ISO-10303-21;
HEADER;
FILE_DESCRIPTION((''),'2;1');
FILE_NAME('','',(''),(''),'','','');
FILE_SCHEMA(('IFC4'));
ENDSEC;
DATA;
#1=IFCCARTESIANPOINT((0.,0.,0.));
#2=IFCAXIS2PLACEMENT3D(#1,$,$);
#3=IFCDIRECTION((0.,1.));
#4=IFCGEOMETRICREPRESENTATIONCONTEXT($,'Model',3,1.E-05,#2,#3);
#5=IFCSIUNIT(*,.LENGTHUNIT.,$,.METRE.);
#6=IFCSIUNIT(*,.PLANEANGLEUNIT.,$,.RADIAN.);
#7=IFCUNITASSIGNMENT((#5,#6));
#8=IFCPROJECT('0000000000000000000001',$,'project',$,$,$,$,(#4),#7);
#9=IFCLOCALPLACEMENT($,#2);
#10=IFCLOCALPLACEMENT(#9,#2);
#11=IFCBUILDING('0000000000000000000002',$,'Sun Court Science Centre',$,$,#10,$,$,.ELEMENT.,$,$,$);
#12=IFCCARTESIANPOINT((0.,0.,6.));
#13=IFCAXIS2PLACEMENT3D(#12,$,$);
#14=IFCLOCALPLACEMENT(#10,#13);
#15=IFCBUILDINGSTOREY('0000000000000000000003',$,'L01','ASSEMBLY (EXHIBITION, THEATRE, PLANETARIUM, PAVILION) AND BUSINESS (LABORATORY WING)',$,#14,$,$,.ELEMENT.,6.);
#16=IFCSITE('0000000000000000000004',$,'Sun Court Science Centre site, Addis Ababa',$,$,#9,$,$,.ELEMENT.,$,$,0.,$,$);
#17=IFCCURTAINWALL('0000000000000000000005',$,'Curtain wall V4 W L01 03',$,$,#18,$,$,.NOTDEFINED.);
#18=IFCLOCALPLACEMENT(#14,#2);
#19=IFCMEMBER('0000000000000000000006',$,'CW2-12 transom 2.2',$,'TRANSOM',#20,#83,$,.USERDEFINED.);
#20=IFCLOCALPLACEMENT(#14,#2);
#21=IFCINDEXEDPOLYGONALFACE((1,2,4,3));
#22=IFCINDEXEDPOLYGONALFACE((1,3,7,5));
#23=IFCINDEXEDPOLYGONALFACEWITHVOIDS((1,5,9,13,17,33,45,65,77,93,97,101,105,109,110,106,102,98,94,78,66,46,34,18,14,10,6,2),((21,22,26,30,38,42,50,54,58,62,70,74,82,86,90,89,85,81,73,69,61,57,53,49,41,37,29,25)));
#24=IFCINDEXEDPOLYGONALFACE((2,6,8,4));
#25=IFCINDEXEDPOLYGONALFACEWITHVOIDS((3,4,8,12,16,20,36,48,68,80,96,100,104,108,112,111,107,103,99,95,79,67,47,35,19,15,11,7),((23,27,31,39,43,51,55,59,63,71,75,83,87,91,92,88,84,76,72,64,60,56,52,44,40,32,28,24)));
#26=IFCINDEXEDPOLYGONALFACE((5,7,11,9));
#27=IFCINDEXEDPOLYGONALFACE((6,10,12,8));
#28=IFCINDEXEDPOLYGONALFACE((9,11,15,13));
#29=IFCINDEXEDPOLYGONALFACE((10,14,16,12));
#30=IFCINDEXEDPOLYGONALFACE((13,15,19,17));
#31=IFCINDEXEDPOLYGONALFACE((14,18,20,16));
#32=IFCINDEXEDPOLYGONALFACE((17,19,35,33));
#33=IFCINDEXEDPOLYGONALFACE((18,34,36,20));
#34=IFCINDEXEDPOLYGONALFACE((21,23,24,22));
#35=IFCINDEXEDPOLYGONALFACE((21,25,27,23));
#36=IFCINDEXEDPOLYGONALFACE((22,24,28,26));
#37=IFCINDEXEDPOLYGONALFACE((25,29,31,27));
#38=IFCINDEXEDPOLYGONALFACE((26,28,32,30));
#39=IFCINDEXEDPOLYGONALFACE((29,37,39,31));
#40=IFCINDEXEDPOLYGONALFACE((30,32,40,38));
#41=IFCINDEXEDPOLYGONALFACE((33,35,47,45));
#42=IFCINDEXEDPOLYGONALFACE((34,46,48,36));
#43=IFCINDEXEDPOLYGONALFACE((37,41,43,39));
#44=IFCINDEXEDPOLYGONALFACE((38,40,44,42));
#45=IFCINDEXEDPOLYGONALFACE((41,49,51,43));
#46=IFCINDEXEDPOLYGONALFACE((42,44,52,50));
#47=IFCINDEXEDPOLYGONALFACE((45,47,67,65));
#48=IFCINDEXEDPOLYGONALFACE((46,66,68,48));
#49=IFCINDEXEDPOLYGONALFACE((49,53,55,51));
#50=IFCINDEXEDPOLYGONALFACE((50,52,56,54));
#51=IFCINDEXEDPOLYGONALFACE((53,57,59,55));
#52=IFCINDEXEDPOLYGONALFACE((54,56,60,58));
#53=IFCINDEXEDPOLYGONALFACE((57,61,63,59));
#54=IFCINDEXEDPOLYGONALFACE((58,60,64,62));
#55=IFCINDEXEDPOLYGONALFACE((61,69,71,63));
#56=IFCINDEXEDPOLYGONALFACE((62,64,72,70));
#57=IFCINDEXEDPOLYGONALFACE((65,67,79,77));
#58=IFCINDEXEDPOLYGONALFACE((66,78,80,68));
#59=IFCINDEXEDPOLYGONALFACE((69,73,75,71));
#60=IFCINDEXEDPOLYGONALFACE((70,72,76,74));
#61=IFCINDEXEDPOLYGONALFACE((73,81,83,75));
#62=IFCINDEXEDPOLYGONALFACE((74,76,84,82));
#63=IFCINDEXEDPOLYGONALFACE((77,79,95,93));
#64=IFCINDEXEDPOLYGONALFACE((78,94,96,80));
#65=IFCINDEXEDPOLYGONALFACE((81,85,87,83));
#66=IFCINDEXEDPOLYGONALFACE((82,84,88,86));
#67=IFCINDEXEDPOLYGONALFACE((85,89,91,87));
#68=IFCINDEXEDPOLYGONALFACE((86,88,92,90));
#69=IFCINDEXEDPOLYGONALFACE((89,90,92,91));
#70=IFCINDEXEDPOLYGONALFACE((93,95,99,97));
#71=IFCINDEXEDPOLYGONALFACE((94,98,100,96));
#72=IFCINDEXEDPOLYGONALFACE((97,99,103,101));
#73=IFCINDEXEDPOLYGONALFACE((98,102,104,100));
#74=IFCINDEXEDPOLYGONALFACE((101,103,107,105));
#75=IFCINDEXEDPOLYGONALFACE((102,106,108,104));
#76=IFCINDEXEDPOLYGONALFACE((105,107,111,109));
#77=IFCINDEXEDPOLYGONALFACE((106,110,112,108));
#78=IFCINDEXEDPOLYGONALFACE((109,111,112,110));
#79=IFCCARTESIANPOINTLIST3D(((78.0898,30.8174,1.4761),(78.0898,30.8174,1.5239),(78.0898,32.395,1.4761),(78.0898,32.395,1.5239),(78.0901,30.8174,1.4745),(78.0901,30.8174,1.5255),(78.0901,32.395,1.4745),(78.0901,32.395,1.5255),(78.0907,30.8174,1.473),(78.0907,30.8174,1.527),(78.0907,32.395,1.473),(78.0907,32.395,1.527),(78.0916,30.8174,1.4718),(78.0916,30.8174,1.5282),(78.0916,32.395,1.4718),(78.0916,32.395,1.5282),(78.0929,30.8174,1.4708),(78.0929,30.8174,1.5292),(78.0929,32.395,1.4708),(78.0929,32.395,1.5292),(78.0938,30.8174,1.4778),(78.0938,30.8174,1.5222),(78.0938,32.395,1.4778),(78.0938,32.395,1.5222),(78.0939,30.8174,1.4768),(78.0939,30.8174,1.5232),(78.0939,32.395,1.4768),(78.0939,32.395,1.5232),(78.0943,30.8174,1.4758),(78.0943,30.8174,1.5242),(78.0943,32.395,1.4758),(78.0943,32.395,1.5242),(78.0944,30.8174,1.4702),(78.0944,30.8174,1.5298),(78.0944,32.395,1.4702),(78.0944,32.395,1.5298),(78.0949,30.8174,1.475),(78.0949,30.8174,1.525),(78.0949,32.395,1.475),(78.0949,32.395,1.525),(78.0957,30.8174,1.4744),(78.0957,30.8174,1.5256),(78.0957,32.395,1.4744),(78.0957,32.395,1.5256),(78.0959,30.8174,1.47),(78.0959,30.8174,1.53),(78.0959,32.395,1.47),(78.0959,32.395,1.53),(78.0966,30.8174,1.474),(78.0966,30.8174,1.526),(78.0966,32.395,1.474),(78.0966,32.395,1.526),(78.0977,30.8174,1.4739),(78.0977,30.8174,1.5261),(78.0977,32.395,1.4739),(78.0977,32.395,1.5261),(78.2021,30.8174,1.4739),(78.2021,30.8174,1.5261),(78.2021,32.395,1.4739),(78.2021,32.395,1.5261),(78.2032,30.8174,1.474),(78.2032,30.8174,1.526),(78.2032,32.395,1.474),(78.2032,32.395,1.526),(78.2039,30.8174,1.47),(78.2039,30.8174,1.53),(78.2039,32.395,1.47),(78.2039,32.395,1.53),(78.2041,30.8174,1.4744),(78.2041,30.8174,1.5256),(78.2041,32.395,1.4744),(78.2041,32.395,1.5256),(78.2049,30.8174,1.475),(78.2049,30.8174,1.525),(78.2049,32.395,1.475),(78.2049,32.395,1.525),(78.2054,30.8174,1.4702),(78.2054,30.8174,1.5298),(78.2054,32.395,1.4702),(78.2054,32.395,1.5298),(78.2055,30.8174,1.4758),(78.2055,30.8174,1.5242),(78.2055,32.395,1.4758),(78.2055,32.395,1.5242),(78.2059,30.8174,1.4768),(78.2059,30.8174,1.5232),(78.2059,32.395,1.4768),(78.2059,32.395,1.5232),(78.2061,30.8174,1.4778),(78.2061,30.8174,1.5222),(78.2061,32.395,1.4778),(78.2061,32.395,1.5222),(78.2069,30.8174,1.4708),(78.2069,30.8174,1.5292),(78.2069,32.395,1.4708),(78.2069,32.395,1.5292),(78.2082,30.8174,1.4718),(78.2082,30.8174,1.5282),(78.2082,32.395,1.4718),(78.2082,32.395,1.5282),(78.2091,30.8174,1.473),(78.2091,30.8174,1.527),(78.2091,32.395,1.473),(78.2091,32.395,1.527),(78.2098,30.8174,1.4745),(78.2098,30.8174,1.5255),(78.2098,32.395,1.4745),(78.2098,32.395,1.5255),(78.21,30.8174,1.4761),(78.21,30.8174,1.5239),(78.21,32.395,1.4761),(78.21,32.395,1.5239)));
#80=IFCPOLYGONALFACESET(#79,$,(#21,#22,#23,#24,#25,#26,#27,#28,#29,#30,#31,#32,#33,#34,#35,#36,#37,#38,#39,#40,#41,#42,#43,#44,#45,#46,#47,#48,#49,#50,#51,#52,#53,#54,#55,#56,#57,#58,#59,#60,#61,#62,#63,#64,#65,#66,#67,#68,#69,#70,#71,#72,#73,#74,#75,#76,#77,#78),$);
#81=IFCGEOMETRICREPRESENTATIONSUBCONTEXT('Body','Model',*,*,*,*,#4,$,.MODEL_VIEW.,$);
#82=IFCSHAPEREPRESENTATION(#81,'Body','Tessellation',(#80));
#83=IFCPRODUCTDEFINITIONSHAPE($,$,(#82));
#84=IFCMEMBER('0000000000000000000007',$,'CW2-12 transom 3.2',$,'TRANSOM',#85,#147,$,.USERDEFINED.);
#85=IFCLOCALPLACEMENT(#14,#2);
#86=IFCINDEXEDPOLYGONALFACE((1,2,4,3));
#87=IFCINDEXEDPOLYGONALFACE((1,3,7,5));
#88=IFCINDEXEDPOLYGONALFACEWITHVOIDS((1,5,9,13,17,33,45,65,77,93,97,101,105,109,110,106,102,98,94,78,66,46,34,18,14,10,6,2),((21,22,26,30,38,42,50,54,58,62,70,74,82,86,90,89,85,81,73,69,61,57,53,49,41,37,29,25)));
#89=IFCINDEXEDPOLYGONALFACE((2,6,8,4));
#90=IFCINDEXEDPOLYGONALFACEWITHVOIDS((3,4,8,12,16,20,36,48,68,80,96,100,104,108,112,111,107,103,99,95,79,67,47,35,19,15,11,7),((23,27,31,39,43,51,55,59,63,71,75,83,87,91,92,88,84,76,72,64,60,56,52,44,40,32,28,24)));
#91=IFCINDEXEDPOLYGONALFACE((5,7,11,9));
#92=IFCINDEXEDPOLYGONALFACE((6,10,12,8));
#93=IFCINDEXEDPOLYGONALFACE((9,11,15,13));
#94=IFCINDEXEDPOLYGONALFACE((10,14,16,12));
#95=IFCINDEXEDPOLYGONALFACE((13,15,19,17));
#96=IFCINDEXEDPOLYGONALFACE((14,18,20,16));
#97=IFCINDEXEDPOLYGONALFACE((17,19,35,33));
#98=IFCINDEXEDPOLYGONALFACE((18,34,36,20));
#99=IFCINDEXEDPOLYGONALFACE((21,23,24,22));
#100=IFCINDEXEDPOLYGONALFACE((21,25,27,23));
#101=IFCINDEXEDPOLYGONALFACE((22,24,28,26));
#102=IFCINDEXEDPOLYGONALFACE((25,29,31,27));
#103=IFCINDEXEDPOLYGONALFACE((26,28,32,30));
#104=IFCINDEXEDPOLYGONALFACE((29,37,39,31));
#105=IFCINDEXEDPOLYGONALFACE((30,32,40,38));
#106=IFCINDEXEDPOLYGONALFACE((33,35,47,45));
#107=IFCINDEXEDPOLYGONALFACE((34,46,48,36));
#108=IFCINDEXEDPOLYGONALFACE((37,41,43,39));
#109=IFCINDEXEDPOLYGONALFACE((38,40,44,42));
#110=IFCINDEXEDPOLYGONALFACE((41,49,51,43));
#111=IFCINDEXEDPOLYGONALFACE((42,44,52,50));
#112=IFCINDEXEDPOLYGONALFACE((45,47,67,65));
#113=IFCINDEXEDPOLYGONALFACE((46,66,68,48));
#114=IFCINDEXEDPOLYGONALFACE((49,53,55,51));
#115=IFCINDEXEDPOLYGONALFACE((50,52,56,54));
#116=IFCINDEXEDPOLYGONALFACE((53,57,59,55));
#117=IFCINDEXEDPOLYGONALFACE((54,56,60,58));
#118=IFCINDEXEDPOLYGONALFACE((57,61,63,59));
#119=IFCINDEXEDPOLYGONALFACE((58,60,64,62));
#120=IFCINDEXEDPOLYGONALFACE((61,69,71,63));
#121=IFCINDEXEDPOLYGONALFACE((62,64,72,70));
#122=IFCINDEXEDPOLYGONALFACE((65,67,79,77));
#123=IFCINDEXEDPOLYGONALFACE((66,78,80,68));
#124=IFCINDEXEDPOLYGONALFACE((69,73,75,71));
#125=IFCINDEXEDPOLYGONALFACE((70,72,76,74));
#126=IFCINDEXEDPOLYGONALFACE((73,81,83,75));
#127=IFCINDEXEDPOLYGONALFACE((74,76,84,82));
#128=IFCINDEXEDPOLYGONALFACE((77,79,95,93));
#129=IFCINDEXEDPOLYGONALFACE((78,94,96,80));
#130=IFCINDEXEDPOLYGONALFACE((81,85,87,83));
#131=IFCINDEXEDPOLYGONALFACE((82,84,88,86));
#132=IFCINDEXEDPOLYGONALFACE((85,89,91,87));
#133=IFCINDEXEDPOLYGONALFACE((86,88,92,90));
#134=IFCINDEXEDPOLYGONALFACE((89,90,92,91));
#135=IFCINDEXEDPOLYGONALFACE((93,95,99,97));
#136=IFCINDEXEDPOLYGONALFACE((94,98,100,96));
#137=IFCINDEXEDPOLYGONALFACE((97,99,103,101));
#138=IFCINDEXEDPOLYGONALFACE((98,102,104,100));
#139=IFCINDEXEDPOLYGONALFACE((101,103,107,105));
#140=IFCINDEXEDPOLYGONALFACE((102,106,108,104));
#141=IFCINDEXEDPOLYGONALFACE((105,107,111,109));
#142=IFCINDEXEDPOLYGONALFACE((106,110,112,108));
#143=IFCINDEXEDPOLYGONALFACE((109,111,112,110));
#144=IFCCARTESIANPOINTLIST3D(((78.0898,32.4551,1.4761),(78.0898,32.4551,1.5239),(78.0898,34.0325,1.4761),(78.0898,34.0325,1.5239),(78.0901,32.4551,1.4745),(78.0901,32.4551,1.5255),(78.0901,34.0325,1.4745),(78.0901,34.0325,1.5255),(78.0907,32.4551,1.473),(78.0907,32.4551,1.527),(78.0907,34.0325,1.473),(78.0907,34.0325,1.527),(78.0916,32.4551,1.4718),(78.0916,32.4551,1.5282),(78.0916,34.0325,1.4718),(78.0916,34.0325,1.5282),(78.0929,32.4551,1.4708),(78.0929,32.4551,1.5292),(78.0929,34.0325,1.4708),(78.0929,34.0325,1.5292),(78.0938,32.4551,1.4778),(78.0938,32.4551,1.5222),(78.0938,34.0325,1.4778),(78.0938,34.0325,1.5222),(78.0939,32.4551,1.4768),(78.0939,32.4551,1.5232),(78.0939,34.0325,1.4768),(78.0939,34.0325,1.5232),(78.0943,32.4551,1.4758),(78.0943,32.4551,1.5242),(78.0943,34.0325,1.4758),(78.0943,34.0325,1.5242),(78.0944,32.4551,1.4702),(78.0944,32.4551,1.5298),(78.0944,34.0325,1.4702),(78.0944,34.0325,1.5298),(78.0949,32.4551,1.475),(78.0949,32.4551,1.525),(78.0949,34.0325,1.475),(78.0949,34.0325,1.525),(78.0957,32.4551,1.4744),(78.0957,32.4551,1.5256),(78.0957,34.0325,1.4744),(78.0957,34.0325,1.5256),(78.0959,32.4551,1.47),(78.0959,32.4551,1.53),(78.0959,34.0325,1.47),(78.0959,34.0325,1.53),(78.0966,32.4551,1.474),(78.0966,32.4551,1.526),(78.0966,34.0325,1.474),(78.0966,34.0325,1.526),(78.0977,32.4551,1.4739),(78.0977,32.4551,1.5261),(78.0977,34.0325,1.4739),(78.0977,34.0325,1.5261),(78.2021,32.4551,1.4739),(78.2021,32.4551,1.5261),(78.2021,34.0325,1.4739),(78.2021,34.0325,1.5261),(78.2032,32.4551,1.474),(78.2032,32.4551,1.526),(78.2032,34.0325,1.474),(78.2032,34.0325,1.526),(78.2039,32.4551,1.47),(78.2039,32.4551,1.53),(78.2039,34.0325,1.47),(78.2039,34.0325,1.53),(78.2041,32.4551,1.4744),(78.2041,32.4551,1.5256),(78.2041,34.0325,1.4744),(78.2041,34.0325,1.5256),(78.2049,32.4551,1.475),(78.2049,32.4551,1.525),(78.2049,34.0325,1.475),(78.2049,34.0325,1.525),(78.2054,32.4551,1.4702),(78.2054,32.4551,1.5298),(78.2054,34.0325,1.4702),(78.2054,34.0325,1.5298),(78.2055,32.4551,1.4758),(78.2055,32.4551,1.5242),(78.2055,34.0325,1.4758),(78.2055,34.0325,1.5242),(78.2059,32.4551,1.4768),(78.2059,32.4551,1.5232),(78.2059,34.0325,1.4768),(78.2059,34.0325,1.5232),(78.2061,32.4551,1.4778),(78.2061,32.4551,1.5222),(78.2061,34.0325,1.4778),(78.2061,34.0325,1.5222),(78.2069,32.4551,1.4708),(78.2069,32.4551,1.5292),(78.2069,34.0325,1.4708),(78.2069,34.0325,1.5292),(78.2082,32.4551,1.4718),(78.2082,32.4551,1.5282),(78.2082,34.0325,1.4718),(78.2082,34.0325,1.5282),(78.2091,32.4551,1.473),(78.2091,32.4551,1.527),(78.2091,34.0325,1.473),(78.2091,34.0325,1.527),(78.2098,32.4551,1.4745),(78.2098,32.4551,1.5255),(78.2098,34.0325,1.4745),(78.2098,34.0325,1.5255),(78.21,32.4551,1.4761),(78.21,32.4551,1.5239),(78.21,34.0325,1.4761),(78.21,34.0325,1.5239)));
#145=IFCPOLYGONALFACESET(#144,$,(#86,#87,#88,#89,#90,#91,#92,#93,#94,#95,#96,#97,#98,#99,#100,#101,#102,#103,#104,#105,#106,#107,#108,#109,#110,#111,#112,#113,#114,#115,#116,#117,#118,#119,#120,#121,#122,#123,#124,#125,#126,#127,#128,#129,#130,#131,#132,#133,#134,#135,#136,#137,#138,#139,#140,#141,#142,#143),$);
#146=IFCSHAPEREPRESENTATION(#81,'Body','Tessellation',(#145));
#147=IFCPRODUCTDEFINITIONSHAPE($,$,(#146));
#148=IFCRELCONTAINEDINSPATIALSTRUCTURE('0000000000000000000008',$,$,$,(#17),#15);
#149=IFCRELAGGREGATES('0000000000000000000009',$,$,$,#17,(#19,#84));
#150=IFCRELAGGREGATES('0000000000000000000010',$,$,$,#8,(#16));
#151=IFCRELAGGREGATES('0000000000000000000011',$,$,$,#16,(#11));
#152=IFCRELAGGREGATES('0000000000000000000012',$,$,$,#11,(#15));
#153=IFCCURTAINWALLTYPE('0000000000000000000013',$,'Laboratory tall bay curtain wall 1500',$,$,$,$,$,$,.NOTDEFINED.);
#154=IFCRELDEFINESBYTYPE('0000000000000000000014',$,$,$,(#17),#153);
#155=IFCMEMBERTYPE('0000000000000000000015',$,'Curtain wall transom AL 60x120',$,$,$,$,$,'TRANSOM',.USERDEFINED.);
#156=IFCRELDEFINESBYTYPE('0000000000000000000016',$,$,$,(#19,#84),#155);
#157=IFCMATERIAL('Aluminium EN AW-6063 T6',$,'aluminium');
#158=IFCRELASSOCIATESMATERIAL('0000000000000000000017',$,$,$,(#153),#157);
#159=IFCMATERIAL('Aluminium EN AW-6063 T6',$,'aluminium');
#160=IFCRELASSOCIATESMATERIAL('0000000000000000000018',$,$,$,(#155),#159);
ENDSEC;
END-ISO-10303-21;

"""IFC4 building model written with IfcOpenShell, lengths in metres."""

from ifc_helpers import new_model, si_unit, direction, frame, origin, origin_2d, place, context, subcontext, project, spatial, hollow_rectangle, extrude, material, material_profile, profile_set, type_object, element, aggregate, save


model = new_model("IFC4")

# Units and contexts
model_context = context("Model", 3, precision=1e-05, world=origin(), true_north=direction((0.0, 1.0)))
body_context = subcontext(model_context, "Body", "Model", "MODEL_VIEW")
ifc_project = project(units=[si_unit("LENGTHUNIT", "METRE"), si_unit("PLANEANGLEUNIT", "RADIAN")], contexts=[model_context])

# Site, building, storey
site_placement = place(None, origin())
site = spatial("IfcSite", under=ifc_project, at=site_placement, Name="Sun Court Science Centre site, Addis Ababa", CompositionType="ELEMENT", RefElevation=0.0)
building_placement = place(site_placement, origin())
building = spatial("IfcBuilding", under=site, at=building_placement, Name="Sun Court Science Centre", CompositionType="ELEMENT")
storey_placement = place(building_placement, frame((0.0, 0.0, 6.0)))
storey = spatial("IfcBuildingStorey", under=building, at=storey_placement, Name="L01", Description="ASSEMBLY (EXHIBITION, THEATRE, PLANETARIUM, PAVILION) AND BUSINESS (LABORATORY WING)", CompositionType="ELEMENT", Elevation=6.0)

# Curtain wall
ifc_material_1 = material(Name="Aluminium EN AW-6063 T6", Category="aluminium")
curtain_wall_type = type_object("IfcCurtainWallType", Name="Laboratory tall bay curtain wall 1500", PredefinedType="NOTDEFINED", material=ifc_material_1)
curtain_wall_1_placement = place(storey_placement, origin())
curtain_wall_1 = element("IfcCurtainWall", 1, at=curtain_wall_1_placement, inside=storey, type_object=curtain_wall_type, Name="Curtain wall V4 W L01 03", PredefinedType="NOTDEFINED")

# Members
ifc_material_2 = material(Name="Aluminium EN AW-6063 T6", Category="aluminium")
ifc_material_profile_1 = material_profile(ifc_material_2, hollow_rectangle(XDim=0.0601, YDim=0.1201, WallThickness=0.0039, InnerFilletRadius=0.0039, OuterFilletRadius=0.0061, at=origin_2d()), Name="AL 60x120x4")
ifc_profile_set_1 = profile_set([ifc_material_profile_1], Name="Aluminium EN AW-6063 T6")
member_type_1 = type_object("IfcMemberType", Name="Curtain wall transom AL 60x120", ElementType="TRANSOM", PredefinedType="USERDEFINED", material=ifc_profile_set_1)
member_1_placement = place(storey_placement, frame((78.1499, 30.8174, 1.5), z_axis=(0.0, 1.0, 0.0), x_axis=(0.0, 0.0, 1.0)))
member_1 = element("IfcMember", 2, at=member_1_placement, type_object=member_type_1, Name="CW2-12 transom 2.2", ObjectType="TRANSOM", PredefinedType="USERDEFINED", context=body_context, shape_type="SweptSolid", body=[
    extrude(hollow_rectangle(XDim=0.0601, YDim=0.1201, WallThickness=0.0039, InnerFilletRadius=0.0039, OuterFilletRadius=0.0061, at=origin_2d()), origin(), (0.0, 0.0, 1.0), 1.5776),
])
member_2_placement = place(storey_placement, frame((78.1499, 32.4551, 1.5), z_axis=(0.0, 1.0, 0.0), x_axis=(0.0, 0.0, 1.0)))
member_2 = element("IfcMember", 3, at=member_2_placement, type_object=member_type_1, Name="CW2-12 transom 3.2", ObjectType="TRANSOM", PredefinedType="USERDEFINED", context=body_context, shape_type="SweptSolid", body=[
    extrude(hollow_rectangle(XDim=0.0601, YDim=0.1201, WallThickness=0.0039, InnerFilletRadius=0.0039, OuterFilletRadius=0.0061, at=origin_2d()), origin(), (0.0, 0.0, 1.0), 1.5774),
])

aggregate(curtain_wall_1, [member_1, member_2])

save(model, "model.ifc")
